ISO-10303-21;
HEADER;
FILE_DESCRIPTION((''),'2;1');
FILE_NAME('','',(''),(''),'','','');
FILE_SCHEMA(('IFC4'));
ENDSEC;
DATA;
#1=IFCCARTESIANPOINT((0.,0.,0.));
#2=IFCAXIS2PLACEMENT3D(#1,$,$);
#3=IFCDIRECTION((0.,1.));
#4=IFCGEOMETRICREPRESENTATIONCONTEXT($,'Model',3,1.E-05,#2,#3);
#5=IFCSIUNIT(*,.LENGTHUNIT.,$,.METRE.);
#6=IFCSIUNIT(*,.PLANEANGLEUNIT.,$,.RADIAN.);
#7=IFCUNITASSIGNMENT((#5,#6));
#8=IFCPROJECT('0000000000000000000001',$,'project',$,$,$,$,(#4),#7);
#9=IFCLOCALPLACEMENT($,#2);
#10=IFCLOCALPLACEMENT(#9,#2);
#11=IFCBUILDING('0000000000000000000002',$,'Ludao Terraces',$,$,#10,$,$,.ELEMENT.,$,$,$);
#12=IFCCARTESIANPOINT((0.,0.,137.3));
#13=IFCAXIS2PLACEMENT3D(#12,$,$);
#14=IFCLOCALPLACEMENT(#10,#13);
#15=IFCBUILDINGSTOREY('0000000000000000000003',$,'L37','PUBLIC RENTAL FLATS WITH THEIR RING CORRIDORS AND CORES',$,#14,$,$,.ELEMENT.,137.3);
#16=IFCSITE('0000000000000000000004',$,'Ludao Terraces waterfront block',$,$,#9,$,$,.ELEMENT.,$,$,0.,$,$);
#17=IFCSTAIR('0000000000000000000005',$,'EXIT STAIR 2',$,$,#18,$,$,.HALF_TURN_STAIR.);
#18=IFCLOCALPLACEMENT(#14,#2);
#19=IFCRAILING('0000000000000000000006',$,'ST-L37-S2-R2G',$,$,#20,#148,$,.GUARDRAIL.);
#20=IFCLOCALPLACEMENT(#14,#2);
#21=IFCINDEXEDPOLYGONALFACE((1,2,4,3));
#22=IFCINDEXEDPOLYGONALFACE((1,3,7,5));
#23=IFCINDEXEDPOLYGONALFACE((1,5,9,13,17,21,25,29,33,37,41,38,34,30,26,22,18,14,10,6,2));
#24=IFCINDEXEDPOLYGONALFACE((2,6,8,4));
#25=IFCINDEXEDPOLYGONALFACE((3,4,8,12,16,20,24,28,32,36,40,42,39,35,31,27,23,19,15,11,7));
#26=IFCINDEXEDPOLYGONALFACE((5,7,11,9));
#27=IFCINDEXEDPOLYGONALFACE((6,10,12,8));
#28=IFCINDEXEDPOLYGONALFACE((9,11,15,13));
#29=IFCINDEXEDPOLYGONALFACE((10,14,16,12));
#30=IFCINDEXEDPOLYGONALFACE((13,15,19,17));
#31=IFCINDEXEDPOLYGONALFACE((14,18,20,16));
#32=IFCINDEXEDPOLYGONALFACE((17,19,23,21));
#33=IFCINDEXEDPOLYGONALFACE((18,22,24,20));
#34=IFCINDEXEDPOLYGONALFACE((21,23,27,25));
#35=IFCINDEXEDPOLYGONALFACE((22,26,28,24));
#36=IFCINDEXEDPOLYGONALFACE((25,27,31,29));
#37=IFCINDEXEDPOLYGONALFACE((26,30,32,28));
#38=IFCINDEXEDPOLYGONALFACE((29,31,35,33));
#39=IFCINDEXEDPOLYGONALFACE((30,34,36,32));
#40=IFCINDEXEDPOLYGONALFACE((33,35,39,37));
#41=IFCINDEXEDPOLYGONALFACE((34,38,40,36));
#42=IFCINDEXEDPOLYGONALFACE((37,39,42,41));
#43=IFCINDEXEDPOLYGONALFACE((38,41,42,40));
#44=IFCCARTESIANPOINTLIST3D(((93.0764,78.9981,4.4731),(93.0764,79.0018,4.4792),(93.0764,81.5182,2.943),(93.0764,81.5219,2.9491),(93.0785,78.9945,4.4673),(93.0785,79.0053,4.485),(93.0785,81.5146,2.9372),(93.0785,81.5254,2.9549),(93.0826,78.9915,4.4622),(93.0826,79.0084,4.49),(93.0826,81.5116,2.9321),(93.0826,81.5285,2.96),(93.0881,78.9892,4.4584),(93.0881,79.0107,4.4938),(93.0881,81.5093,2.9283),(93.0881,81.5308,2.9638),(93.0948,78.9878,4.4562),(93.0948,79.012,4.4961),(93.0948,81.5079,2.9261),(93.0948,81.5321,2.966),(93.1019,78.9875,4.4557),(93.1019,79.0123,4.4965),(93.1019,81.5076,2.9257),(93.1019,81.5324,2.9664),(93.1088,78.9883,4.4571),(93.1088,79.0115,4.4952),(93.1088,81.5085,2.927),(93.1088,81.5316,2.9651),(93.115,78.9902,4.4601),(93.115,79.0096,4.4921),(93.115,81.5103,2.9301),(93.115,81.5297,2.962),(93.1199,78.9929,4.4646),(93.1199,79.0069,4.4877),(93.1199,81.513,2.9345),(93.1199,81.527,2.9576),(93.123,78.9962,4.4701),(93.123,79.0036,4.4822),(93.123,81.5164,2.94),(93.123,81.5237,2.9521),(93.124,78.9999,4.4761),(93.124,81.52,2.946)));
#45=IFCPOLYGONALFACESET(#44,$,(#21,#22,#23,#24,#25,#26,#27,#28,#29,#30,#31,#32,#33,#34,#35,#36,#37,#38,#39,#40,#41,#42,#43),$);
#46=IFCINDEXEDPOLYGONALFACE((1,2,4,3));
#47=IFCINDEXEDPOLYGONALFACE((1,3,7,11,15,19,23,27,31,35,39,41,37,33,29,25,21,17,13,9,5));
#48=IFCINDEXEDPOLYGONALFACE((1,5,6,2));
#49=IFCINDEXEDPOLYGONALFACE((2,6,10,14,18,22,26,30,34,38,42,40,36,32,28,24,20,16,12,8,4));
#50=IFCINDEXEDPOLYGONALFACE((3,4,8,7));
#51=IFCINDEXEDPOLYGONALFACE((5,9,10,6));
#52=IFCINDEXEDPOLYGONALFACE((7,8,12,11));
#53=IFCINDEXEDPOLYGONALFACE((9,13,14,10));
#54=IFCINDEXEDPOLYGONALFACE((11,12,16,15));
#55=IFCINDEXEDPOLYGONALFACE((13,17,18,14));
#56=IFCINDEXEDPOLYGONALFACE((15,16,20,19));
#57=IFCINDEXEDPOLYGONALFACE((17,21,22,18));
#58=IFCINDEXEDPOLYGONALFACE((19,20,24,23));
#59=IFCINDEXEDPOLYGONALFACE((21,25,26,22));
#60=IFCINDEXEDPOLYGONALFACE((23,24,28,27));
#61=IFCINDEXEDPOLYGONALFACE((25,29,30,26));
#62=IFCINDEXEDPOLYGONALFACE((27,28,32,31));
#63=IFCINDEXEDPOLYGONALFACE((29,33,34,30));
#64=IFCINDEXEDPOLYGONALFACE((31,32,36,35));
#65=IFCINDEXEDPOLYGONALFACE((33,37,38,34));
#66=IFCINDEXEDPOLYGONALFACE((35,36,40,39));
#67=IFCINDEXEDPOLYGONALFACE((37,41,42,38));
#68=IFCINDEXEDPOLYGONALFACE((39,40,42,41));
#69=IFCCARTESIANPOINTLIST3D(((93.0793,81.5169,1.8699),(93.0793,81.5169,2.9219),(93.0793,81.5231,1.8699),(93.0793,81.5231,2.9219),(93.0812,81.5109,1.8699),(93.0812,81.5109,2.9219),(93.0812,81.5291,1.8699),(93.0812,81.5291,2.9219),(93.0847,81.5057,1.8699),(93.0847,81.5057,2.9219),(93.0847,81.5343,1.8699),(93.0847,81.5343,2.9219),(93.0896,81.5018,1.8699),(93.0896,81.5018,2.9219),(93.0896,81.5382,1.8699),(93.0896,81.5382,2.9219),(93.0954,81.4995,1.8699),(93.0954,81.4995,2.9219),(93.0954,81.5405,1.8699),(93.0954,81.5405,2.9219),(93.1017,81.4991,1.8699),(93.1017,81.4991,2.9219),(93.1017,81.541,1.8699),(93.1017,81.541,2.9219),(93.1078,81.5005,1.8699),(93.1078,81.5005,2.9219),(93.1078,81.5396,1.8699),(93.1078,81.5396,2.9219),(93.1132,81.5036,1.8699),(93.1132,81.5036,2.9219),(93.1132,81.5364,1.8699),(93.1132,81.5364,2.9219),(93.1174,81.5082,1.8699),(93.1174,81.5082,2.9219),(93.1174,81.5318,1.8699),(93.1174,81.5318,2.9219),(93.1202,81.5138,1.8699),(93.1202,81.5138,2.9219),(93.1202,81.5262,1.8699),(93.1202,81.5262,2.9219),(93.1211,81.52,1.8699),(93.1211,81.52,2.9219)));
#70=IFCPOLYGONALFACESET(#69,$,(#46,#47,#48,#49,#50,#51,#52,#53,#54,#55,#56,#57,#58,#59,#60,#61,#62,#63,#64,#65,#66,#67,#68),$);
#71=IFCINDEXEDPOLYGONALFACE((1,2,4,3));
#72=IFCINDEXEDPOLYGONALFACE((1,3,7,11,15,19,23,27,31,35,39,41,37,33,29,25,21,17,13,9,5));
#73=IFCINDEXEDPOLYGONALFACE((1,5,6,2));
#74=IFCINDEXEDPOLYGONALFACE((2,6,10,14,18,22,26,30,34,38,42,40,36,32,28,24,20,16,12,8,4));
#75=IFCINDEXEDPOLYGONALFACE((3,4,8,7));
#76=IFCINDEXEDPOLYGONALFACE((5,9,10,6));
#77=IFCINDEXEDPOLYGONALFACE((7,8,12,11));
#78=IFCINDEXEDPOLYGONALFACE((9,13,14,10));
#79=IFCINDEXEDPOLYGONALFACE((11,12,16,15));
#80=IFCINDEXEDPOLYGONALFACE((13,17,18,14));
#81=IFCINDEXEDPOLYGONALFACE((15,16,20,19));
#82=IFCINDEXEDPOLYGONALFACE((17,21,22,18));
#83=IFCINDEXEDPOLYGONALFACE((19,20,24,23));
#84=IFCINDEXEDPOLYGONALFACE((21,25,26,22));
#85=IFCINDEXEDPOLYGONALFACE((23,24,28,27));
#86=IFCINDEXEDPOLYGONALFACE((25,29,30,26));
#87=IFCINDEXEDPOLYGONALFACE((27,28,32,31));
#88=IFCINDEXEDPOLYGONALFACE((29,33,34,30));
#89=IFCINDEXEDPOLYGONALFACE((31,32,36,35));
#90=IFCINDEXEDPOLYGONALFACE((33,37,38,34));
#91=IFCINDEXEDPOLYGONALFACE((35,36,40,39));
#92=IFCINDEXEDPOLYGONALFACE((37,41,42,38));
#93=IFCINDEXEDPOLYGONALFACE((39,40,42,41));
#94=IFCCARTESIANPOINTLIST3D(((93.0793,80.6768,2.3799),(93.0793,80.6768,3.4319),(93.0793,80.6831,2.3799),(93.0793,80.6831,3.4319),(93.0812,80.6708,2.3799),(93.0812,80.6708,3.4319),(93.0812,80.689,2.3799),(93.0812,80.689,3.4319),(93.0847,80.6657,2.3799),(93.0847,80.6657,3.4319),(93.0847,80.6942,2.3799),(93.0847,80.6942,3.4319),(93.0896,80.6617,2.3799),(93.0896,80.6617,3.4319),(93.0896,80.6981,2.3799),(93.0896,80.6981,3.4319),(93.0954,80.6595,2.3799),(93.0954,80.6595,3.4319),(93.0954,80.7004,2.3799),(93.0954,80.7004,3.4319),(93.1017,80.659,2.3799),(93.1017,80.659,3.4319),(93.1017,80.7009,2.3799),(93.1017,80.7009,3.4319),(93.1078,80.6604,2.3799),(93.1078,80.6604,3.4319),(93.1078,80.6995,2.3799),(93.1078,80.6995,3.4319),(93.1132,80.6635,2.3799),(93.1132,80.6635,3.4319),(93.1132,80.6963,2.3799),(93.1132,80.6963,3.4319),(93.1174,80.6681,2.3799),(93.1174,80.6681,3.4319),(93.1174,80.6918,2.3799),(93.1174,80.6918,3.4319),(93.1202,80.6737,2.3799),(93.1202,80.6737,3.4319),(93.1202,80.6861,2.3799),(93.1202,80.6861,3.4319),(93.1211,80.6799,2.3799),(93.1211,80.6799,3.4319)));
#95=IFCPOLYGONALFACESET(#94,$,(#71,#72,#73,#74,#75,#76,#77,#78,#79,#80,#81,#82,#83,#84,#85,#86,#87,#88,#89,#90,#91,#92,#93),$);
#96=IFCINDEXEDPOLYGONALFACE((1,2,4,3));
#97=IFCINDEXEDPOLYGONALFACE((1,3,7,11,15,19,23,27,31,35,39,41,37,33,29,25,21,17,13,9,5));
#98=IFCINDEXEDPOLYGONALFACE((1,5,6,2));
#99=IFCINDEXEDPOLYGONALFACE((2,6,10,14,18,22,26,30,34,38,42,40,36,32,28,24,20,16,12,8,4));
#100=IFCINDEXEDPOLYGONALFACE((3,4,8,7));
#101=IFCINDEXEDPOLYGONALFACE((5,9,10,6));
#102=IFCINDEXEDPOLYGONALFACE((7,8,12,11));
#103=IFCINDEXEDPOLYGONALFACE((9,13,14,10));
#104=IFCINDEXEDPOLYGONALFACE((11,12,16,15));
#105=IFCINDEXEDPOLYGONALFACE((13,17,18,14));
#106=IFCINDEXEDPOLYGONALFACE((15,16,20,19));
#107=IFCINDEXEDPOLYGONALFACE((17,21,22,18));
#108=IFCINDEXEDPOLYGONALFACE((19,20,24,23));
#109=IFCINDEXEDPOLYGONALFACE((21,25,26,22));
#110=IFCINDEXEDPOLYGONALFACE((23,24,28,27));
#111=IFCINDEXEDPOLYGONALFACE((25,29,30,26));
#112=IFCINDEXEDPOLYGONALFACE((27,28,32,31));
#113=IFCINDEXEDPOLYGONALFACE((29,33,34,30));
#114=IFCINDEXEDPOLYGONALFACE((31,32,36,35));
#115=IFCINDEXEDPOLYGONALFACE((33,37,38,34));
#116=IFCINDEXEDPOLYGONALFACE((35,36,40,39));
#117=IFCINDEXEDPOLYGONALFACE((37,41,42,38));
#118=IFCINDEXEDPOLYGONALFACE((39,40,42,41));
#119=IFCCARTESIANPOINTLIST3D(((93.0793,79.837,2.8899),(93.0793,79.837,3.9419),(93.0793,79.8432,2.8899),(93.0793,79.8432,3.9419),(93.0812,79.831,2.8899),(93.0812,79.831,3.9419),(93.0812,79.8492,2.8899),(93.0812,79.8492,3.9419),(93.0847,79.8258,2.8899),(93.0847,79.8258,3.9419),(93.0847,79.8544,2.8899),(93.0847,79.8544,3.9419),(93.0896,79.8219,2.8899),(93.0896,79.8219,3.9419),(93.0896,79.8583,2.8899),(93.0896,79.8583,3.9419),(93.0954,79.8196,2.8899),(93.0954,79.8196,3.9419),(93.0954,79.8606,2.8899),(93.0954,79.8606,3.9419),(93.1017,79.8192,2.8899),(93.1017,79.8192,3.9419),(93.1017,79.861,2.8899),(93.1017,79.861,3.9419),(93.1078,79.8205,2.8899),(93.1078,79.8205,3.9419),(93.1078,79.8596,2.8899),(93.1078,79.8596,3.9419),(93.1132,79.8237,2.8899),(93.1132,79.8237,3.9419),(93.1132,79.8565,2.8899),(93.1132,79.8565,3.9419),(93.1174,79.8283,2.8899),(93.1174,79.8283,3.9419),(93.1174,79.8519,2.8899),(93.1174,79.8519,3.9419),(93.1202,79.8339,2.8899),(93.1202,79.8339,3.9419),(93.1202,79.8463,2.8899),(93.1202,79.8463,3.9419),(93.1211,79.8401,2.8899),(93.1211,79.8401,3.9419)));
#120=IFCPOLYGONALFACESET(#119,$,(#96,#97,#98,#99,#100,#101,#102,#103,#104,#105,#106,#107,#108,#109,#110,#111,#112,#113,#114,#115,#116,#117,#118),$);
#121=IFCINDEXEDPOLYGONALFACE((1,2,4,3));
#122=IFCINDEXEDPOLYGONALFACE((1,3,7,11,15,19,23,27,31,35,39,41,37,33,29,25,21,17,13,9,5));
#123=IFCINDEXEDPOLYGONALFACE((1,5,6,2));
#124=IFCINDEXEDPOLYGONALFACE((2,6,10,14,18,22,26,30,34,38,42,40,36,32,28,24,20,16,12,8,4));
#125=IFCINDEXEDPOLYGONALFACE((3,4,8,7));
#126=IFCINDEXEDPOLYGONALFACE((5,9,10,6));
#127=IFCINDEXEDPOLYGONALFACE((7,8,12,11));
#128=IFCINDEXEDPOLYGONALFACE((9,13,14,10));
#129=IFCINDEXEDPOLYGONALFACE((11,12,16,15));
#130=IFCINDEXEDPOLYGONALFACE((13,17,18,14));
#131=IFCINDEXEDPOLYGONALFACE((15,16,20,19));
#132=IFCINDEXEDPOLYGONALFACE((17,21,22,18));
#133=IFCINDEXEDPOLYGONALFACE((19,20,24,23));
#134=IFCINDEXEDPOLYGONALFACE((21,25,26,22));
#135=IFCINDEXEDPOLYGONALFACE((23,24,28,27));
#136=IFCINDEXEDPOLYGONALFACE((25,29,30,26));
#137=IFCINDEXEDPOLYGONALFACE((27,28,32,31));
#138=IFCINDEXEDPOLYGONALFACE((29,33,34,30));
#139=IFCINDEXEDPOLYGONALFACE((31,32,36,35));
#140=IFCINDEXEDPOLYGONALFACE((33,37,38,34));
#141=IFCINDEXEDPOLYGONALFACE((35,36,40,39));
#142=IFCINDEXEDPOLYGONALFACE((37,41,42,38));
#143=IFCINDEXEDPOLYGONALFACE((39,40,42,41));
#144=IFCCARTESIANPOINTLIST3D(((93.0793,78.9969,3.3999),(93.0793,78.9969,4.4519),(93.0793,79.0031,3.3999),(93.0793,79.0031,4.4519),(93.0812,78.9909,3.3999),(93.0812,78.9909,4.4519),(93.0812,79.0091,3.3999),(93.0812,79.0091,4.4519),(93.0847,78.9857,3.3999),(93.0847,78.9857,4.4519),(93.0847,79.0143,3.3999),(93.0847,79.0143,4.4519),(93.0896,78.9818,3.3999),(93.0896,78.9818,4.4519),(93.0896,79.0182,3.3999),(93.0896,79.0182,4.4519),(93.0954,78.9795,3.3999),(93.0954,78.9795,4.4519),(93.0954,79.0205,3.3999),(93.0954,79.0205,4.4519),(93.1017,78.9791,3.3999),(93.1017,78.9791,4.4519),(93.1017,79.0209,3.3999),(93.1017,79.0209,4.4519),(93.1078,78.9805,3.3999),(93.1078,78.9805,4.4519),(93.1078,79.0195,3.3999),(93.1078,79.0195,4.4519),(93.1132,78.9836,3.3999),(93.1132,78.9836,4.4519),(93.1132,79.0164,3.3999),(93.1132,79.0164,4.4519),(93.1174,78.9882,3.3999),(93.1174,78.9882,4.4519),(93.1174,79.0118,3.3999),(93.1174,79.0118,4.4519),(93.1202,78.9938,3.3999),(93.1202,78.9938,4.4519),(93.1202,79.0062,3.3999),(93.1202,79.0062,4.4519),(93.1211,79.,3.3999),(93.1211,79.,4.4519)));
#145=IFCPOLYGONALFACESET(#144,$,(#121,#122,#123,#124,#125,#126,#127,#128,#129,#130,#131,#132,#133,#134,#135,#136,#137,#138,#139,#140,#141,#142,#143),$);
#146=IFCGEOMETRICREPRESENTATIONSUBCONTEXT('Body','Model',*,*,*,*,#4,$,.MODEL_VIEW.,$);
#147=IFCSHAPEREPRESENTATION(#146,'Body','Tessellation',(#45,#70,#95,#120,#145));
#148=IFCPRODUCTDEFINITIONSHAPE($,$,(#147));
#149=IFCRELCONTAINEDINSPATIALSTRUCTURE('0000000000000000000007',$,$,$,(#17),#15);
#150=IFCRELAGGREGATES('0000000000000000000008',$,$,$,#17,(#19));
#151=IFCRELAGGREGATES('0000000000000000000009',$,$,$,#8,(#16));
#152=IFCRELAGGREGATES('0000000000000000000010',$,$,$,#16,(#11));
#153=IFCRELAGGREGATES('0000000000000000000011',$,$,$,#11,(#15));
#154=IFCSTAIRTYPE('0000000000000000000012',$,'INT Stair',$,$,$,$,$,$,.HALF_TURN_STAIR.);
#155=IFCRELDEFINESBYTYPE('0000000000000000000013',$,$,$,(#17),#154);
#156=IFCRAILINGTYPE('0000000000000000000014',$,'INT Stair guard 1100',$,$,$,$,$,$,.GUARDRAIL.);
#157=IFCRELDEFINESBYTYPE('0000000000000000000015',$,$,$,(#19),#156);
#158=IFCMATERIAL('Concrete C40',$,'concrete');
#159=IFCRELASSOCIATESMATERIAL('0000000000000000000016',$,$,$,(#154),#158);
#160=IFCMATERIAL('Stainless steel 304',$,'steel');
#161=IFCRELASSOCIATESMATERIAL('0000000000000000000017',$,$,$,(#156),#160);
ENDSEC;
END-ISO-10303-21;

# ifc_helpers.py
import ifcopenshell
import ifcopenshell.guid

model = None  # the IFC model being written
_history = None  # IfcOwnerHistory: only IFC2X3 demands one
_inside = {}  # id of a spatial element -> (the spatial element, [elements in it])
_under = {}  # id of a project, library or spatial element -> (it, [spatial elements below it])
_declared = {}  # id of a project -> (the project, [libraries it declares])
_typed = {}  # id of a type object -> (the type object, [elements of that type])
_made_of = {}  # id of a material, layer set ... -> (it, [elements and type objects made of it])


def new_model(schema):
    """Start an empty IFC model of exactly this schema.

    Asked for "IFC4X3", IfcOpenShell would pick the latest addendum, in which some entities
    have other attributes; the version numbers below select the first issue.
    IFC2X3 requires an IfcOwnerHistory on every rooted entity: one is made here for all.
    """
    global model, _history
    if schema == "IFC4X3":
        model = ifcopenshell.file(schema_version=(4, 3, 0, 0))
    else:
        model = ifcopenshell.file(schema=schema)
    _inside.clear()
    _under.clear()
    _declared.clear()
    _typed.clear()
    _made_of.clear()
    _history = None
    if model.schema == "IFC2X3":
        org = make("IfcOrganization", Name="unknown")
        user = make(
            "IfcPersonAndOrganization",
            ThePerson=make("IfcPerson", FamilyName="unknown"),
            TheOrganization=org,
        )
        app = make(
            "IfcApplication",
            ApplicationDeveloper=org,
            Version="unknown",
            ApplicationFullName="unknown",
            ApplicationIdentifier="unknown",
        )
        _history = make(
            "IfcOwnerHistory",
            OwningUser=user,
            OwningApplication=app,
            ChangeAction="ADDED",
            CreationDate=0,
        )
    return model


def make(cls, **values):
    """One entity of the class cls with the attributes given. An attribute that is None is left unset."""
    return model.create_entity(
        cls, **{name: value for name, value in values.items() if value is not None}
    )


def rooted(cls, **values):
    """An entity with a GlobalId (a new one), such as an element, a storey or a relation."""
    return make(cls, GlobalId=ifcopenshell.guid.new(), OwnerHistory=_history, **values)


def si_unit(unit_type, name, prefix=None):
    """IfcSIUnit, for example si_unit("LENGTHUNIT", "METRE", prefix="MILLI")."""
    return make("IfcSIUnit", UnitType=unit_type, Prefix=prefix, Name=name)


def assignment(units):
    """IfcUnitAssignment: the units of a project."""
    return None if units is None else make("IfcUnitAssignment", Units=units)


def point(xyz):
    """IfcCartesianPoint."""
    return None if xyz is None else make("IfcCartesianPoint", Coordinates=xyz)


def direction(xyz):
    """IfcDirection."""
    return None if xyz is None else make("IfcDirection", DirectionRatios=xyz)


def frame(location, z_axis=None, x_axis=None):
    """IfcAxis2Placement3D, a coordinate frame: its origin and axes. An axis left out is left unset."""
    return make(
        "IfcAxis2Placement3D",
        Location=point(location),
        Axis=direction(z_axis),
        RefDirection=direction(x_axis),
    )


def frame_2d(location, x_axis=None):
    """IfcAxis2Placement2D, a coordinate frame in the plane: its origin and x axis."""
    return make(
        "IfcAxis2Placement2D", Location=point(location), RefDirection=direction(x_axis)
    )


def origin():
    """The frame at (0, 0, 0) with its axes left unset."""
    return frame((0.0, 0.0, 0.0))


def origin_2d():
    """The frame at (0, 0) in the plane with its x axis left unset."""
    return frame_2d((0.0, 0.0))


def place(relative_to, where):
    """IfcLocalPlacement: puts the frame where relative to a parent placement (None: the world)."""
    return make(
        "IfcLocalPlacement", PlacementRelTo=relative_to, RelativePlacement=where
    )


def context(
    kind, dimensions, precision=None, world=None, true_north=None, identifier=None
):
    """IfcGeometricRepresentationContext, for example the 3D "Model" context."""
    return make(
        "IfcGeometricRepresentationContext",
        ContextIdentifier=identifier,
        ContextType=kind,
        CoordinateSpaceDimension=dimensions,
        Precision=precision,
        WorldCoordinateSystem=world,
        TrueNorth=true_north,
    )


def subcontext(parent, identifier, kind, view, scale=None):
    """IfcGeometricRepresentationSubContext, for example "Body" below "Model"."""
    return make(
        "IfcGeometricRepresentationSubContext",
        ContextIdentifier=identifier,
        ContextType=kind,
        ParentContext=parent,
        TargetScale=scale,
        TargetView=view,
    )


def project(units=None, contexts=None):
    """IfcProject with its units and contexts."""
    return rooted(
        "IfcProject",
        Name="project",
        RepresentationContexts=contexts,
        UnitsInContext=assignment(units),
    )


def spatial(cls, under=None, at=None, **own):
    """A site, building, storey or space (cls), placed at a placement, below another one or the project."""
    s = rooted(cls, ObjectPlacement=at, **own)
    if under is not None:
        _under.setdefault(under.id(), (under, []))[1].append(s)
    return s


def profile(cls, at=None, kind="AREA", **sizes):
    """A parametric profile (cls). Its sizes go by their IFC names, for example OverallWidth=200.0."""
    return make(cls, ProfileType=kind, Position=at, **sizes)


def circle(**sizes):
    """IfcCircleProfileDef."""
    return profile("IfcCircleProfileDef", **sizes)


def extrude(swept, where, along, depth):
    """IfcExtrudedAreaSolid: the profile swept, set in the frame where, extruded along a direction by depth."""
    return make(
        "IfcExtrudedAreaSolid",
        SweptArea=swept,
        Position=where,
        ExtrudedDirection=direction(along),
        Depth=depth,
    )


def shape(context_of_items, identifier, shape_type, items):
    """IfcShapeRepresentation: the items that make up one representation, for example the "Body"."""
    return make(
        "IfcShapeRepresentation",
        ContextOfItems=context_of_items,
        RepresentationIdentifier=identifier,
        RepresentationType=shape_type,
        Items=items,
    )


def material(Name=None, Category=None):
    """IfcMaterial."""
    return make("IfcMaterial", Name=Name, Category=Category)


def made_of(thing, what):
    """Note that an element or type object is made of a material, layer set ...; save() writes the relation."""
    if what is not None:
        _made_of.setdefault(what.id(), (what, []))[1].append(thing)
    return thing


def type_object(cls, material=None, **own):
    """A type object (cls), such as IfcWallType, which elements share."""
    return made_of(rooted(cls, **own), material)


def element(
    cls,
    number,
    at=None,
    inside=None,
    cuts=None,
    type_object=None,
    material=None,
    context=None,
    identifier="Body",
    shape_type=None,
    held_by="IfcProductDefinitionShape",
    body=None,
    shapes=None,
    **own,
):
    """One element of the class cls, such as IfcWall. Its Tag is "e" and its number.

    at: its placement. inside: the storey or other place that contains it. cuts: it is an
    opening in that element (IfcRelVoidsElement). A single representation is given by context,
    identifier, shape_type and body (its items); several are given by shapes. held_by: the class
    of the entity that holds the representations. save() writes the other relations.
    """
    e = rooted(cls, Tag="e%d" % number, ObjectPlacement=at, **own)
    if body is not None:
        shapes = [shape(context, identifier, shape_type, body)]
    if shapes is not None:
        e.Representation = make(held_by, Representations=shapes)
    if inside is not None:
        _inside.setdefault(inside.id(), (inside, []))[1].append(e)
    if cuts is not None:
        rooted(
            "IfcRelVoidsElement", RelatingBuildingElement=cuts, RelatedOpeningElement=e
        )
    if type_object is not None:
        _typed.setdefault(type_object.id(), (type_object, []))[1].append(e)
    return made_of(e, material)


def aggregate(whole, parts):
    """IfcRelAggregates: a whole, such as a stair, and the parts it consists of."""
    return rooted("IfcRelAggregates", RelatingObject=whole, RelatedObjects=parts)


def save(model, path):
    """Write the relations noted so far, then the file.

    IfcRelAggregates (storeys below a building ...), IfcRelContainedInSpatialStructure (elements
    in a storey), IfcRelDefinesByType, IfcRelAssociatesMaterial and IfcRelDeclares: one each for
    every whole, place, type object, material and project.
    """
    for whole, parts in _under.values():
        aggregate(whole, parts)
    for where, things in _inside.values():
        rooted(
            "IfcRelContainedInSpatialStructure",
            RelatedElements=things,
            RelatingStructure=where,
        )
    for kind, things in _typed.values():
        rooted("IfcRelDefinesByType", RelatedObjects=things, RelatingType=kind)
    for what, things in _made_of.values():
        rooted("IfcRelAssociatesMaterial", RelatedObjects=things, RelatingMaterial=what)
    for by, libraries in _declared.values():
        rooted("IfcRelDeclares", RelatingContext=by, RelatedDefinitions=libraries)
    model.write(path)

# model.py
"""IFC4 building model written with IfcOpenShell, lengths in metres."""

from ifc_helpers import new_model, si_unit, direction, frame, origin, origin_2d, place, context, subcontext, project, spatial, circle, extrude, material, type_object, element, aggregate, save


model = new_model("IFC4")

# Units and contexts
model_context = context("Model", 3, precision=1e-05, world=origin(), true_north=direction((0.0, 1.0)))
body_context = subcontext(model_context, "Body", "Model", "MODEL_VIEW")
ifc_project = project(units=[si_unit("LENGTHUNIT", "METRE"), si_unit("PLANEANGLEUNIT", "RADIAN")], contexts=[model_context])

# Site, building, storey
site_placement = place(None, origin())
site = spatial("IfcSite", under=ifc_project, at=site_placement, Name="Ludao Terraces waterfront block", CompositionType="ELEMENT", RefElevation=0.0)
building_placement = place(site_placement, origin())
building = spatial("IfcBuilding", under=site, at=building_placement, Name="Ludao Terraces", CompositionType="ELEMENT")
storey_placement = place(building_placement, frame((0.0, 0.0, 137.3)))
storey = spatial("IfcBuildingStorey", under=building, at=storey_placement, Name="L37", Description="PUBLIC RENTAL FLATS WITH THEIR RING CORRIDORS AND CORES", CompositionType="ELEMENT", Elevation=137.3)

# Shared definitions
ifc_material_1 = material(Name="Stainless steel 304", Category="steel")

# Stair, railing
ifc_material_2 = material(Name="Concrete C40", Category="concrete")
stair_type = type_object("IfcStairType", Name="INT Stair", PredefinedType="HALF_TURN_STAIR", material=ifc_material_2)
stair_placement = place(storey_placement, origin())
stair = element("IfcStair", 1, at=stair_placement, inside=storey, type_object=stair_type, Name="EXIT STAIR 2", PredefinedType="HALF_TURN_STAIR")
railing_type_1 = type_object("IfcRailingType", Name="INT Stair guard 1100", PredefinedType="GUARDRAIL", material=ifc_material_1)
railing_1_placement = place(storey_placement, frame((93.1001, 81.52, 1.8699)))
railing_1 = element("IfcRailing", 2, at=railing_1_placement, type_object=railing_type_1, Name="ST-L37-S2-R2G", PredefinedType="GUARDRAIL", context=body_context, shape_type="SweptSolid", body=[
    extrude(circle(Radius=0.0239, at=origin_2d()), frame((0.0, 0.0, 1.0762), z_axis=(0.0, -0.854785, 0.518982), x_axis=(1.0, 0.0, 0.0)), (0.0, 0.0, 1.0), 2.9482),
    extrude(circle(Radius=0.021, at=origin_2d()), origin(), (0.0, 0.0, 1.0), 1.052),
    extrude(circle(Radius=0.021, at=origin_2d()), frame((0.0, -0.8401, 0.51)), (0.0, 0.0, 1.0), 1.052),
    extrude(circle(Radius=0.021, at=origin_2d()), frame((0.0, -1.6799, 1.02)), (0.0, 0.0, 1.0), 1.052),
    extrude(circle(Radius=0.021, at=origin_2d()), frame((0.0, -2.52, 1.53)), (0.0, 0.0, 1.0), 1.052),
])
aggregate(stair, [railing_1])

save(model, "model.ifc")
